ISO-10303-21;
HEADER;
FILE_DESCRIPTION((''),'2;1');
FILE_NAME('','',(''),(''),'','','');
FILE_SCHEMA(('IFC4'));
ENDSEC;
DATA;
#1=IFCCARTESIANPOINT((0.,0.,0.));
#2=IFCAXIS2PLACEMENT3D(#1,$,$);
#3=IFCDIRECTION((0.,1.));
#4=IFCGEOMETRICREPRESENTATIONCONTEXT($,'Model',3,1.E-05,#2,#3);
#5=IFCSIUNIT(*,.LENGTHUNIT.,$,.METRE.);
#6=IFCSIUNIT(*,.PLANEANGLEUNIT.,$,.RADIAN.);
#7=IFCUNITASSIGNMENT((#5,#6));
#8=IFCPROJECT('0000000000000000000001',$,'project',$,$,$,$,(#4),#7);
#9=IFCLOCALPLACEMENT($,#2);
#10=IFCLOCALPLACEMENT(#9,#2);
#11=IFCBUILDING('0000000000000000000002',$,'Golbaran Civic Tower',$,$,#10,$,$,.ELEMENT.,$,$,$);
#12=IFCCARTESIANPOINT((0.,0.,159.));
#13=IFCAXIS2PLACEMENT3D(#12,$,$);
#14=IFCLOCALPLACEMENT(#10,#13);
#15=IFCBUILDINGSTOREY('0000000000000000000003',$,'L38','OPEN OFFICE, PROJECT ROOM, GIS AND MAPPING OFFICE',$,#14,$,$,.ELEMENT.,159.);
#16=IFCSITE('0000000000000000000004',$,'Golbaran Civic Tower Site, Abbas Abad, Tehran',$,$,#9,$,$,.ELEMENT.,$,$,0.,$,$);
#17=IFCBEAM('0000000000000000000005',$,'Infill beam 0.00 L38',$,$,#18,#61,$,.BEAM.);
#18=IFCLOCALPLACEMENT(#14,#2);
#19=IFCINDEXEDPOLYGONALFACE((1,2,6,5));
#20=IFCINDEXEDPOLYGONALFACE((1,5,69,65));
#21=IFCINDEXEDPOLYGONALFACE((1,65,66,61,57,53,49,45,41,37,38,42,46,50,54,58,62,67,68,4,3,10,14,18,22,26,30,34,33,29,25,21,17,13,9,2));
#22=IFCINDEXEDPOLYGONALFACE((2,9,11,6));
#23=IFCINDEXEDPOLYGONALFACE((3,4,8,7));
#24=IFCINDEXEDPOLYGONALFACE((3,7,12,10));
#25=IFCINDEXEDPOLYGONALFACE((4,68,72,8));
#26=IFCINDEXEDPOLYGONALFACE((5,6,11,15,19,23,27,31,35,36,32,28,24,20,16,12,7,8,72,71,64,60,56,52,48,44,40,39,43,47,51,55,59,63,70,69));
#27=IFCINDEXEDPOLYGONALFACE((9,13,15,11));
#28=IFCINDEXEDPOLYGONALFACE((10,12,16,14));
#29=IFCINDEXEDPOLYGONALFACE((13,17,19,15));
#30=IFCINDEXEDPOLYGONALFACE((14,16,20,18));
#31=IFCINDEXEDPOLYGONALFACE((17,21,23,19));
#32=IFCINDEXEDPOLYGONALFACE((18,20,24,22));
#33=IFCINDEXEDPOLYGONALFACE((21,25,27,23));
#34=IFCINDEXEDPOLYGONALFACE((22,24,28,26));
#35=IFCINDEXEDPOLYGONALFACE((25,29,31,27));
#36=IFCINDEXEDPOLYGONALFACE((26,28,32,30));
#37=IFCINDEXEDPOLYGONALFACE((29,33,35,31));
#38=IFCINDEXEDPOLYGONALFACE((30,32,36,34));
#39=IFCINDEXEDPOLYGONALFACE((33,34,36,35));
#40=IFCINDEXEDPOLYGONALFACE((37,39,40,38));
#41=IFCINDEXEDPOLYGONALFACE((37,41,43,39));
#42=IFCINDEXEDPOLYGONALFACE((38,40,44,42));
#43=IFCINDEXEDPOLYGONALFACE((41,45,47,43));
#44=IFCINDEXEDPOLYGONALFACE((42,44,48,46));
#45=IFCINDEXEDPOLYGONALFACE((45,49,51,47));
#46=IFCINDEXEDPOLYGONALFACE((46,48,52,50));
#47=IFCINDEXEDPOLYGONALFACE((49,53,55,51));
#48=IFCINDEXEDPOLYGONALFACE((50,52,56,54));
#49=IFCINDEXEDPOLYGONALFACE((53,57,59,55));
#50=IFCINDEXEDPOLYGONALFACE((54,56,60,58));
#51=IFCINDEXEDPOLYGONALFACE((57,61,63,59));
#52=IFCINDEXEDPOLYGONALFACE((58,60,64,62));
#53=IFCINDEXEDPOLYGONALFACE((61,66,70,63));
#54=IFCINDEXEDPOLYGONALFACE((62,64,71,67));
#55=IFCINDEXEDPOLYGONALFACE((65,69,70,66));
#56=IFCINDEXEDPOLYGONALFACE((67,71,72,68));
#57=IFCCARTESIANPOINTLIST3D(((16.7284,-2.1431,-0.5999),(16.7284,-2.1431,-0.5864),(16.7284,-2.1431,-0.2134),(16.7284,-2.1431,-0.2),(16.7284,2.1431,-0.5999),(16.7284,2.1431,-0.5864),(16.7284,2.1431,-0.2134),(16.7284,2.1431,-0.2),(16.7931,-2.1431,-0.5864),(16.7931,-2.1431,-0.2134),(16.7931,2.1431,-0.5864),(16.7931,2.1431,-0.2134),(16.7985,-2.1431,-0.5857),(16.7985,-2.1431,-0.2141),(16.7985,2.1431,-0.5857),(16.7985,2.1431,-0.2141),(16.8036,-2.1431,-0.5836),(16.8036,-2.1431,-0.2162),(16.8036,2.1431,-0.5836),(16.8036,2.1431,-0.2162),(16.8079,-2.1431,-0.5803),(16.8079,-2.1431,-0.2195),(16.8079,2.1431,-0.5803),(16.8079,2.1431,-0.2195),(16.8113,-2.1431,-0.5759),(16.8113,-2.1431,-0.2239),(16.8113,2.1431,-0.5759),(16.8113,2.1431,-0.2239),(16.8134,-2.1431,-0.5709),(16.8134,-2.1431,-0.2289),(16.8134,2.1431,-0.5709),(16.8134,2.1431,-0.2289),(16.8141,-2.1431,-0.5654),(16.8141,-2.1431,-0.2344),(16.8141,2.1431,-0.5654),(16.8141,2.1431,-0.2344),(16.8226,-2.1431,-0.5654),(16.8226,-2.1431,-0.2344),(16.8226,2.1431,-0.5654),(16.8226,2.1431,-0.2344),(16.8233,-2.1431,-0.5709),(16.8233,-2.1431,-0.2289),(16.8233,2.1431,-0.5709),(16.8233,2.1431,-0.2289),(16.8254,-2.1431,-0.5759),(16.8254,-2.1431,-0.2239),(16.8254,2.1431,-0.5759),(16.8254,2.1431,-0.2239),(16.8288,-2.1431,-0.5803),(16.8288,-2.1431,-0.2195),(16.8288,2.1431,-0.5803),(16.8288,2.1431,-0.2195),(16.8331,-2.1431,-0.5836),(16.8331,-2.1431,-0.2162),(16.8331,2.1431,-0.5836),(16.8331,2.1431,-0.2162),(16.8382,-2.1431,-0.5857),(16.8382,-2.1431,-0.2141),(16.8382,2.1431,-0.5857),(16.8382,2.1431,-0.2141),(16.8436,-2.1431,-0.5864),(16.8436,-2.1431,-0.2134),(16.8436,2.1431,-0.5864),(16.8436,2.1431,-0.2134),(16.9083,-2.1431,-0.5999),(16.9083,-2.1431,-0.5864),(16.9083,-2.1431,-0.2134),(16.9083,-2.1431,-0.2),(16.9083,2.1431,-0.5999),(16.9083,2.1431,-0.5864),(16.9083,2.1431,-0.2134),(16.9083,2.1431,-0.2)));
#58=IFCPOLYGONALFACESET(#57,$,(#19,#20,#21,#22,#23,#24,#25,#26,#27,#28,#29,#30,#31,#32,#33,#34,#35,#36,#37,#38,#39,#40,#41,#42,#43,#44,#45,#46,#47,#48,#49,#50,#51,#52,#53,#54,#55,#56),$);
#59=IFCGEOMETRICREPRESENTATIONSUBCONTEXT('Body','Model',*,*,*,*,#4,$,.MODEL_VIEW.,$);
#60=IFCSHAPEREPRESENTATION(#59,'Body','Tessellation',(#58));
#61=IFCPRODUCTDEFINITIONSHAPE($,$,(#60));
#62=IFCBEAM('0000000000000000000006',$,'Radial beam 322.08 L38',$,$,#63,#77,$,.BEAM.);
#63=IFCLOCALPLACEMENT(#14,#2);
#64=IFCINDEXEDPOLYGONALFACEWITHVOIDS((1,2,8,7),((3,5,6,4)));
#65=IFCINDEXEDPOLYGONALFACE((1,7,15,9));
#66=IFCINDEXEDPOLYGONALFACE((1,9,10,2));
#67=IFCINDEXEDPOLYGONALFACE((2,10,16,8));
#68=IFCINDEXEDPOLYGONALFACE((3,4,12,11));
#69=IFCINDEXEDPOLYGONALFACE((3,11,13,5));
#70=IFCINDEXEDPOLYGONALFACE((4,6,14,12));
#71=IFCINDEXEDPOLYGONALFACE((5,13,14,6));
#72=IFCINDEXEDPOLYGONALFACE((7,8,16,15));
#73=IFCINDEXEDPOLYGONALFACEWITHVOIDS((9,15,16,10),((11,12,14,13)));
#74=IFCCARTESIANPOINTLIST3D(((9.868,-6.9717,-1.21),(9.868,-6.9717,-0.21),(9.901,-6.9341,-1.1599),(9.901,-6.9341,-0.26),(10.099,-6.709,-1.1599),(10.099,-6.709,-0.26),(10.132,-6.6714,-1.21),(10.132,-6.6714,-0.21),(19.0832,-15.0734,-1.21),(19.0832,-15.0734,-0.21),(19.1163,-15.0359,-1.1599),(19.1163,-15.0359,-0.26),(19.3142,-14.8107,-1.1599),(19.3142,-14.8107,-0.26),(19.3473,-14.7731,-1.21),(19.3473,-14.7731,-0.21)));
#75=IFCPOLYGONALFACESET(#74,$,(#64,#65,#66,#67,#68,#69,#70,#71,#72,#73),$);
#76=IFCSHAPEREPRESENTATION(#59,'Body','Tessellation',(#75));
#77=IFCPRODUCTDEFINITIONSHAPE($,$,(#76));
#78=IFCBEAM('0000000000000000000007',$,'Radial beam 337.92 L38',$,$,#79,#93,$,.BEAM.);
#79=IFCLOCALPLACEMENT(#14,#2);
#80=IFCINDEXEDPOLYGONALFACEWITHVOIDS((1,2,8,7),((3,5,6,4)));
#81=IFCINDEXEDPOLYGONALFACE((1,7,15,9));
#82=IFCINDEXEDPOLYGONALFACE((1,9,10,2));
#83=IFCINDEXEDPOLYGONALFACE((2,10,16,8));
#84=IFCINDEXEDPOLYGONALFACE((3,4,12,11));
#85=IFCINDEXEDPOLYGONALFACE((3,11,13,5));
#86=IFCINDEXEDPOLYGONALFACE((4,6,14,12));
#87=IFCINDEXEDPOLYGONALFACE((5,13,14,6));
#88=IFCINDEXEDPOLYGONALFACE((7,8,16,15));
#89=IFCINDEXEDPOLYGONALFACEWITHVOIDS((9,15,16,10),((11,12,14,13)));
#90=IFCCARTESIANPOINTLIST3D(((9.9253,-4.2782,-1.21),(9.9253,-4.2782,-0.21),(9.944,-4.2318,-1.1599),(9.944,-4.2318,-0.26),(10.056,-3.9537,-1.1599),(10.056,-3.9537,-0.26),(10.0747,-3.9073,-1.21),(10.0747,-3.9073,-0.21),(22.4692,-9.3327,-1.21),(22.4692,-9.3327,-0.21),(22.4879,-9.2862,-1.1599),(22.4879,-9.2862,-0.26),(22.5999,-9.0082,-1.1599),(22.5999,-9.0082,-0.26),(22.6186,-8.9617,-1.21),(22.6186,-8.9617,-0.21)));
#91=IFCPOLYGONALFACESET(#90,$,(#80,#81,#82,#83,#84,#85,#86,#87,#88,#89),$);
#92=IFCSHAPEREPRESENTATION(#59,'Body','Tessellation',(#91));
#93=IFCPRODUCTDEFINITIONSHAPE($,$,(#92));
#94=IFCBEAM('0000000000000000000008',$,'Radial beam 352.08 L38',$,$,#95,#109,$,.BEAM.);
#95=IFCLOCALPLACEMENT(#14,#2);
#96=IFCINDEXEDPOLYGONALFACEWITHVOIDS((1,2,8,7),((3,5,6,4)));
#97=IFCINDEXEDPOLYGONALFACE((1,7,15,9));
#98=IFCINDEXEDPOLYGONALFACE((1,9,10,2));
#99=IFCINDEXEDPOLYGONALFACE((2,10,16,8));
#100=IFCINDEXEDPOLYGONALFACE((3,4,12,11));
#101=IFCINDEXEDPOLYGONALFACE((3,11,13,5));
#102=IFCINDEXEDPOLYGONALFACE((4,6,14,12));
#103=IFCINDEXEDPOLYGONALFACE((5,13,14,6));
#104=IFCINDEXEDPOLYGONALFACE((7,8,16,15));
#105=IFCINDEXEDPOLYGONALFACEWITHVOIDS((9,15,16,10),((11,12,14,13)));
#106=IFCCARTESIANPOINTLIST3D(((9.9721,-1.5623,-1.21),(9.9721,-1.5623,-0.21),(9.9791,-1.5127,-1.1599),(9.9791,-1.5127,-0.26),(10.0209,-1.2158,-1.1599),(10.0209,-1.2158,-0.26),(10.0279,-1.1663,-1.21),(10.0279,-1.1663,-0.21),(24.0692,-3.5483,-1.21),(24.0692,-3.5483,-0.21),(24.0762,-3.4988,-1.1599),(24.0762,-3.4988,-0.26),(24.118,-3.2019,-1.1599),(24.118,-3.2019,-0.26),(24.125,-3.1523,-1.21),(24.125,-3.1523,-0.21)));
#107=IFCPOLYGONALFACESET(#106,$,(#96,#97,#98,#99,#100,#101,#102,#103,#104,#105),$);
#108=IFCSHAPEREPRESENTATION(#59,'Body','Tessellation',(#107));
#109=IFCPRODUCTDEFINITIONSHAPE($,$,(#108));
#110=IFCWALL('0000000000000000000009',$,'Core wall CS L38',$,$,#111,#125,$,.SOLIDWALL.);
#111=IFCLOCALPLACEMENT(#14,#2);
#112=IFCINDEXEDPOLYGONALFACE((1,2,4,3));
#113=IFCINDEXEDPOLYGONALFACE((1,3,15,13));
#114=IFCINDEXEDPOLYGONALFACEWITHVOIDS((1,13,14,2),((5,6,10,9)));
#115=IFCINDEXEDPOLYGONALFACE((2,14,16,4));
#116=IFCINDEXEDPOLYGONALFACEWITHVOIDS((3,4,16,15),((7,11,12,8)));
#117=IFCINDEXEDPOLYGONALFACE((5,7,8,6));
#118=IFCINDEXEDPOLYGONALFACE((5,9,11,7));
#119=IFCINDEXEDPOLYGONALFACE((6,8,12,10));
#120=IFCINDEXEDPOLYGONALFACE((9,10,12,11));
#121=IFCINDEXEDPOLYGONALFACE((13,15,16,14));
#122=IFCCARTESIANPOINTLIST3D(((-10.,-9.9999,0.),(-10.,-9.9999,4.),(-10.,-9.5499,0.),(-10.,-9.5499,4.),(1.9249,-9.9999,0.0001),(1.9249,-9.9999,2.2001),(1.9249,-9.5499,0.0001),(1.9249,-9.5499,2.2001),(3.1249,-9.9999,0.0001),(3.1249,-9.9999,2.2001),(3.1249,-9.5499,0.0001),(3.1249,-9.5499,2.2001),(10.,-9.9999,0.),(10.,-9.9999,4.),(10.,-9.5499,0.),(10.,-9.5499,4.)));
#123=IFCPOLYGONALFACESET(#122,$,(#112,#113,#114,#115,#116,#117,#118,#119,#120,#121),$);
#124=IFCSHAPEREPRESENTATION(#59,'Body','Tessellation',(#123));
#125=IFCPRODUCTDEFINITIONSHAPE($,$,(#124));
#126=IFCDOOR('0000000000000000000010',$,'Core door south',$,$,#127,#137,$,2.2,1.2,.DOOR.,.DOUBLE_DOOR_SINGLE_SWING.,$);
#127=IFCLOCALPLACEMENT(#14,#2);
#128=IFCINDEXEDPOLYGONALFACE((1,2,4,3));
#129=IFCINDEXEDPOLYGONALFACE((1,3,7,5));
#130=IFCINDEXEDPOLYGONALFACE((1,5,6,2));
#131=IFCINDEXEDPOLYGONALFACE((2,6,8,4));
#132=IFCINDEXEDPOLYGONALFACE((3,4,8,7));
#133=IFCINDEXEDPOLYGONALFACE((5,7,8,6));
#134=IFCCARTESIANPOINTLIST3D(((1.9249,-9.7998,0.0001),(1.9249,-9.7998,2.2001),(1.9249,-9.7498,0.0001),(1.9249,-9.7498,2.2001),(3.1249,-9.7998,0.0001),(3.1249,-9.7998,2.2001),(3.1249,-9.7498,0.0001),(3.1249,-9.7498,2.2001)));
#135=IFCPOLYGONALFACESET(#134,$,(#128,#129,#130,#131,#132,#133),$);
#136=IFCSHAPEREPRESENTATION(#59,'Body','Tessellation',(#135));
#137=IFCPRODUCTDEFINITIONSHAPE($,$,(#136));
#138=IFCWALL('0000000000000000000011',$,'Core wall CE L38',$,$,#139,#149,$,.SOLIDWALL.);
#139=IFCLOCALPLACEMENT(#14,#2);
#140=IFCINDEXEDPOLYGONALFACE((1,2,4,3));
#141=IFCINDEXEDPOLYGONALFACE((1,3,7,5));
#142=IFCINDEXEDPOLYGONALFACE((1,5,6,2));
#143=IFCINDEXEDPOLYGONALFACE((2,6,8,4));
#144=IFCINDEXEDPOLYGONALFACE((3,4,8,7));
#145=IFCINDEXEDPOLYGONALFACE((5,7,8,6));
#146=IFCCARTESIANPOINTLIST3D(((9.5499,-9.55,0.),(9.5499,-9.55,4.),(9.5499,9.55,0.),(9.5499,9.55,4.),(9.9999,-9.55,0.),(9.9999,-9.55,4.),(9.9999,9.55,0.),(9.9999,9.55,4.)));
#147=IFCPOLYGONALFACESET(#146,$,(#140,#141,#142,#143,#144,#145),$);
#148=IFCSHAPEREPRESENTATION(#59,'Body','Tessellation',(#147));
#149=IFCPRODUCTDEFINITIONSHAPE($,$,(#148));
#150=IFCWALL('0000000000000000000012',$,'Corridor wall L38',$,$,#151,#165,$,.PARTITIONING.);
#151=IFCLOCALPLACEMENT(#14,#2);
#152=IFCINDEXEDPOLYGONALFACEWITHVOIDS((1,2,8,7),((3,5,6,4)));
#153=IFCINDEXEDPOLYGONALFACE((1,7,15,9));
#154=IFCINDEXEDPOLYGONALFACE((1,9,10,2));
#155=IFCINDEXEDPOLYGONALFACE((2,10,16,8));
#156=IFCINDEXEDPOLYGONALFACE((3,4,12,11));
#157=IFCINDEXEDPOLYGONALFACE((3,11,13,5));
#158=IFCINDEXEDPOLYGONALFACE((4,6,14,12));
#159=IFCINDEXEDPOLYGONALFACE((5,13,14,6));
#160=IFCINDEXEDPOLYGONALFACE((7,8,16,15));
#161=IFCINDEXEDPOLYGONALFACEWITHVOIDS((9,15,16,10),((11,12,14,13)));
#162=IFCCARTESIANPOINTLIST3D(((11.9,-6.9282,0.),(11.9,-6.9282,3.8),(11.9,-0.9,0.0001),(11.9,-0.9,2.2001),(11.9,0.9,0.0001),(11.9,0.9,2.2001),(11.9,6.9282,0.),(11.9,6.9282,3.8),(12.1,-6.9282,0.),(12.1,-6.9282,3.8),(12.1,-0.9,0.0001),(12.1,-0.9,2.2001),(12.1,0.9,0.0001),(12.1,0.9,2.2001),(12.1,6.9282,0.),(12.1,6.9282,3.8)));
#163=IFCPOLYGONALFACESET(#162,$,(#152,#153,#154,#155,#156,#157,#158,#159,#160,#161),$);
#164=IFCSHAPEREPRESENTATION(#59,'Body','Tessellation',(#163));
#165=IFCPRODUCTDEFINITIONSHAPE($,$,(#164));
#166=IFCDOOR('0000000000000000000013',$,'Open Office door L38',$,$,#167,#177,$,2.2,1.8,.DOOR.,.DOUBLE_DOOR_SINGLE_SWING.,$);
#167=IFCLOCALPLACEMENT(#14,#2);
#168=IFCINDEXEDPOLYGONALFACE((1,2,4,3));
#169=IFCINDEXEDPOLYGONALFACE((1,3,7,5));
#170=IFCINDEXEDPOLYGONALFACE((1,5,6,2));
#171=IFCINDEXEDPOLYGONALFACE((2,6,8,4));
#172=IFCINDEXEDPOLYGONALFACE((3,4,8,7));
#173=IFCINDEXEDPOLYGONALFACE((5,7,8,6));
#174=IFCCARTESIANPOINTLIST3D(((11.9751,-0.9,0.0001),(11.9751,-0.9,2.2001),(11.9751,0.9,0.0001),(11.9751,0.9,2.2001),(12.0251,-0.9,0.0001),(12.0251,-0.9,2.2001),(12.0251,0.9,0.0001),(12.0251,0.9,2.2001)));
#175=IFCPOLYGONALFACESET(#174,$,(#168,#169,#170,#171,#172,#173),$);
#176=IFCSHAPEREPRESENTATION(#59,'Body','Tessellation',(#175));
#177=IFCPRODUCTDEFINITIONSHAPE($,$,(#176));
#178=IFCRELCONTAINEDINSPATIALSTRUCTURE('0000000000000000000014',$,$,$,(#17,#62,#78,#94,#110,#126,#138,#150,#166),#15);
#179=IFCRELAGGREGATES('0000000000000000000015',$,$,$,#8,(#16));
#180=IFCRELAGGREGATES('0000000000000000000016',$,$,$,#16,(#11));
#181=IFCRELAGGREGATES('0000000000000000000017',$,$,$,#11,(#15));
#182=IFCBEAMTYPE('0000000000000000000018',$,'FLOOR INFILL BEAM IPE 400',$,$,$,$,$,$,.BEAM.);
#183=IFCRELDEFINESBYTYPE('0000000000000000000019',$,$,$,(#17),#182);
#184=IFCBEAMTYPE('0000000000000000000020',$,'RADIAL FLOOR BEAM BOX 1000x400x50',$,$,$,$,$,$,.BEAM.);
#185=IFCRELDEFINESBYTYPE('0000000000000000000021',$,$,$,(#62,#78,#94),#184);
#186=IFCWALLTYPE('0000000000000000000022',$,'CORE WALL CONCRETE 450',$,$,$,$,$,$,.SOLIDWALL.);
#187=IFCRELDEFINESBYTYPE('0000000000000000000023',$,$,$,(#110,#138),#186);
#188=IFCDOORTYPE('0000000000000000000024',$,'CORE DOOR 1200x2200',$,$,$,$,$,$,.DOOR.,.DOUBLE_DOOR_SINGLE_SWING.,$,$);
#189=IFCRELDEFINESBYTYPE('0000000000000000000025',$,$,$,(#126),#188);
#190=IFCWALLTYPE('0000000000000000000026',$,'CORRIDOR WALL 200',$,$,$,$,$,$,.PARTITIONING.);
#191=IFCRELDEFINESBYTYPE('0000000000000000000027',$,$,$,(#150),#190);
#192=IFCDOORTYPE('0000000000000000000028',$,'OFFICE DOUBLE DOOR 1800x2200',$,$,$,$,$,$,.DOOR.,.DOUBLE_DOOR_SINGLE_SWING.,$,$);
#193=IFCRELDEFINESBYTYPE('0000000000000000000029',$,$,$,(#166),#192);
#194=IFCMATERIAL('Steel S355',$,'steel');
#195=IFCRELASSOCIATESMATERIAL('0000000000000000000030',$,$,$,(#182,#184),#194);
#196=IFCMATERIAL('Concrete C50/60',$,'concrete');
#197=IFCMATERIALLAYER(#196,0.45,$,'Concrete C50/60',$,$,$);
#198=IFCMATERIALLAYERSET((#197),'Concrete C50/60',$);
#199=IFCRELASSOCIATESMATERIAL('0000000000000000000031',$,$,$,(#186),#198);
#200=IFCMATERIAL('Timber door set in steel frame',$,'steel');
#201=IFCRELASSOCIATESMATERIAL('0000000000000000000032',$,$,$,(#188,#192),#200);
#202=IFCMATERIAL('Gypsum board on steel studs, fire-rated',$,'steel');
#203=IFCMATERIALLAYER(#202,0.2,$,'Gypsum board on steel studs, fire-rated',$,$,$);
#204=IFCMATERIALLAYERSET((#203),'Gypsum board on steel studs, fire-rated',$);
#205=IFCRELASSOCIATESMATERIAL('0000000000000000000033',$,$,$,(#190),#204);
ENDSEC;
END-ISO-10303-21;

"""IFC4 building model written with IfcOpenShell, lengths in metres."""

from ifc_helpers import new_model, si_unit, direction, frame, frame_2d, origin, origin_2d, place, context, subcontext, project, spatial, rectangle, hollow_rectangle, i_section, extrude, material, layer, layer_set, material_profile, profile_set, type_object, element, fill, save


model = new_model("IFC4")

# Units and contexts
model_context = context("Model", 3, precision=1e-05, world=origin(), true_north=direction((0.0, 1.0)))
body_context = subcontext(model_context, "Body", "Model", "MODEL_VIEW")
ifc_project = project(units=[si_unit("LENGTHUNIT", "METRE"), si_unit("PLANEANGLEUNIT", "RADIAN")], contexts=[model_context])

# Site, building, storey
site_placement = place(None, origin())
site = spatial("IfcSite", under=ifc_project, at=site_placement, Name="Golbaran Civic Tower Site, Abbas Abad, Tehran", CompositionType="ELEMENT", RefElevation=0.0)
building_placement = place(site_placement, origin())
building = spatial("IfcBuilding", under=site, at=building_placement, Name="Golbaran Civic Tower", CompositionType="ELEMENT")
storey_placement = place(building_placement, frame((0.0, 0.0, 159.0)))
storey = spatial("IfcBuildingStorey", under=building, at=storey_placement, Name="L38", Description="OPEN OFFICE, PROJECT ROOM, GIS AND MAPPING OFFICE", CompositionType="ELEMENT", Elevation=159.0)

# Beams
ifc_material_1 = material(Name="Steel S355", Category="steel")
ifc_material_profile_1 = material_profile(ifc_material_1, i_section(OverallWidth=0.1799, OverallDepth=0.3999, WebThickness=0.0085, FlangeThickness=0.0134, FilletRadius=0.021, at=origin_2d()), Name="IPE 400")
ifc_profile_set_1 = profile_set([ifc_material_profile_1], Name="Steel S355")
beam_type_1 = type_object("IfcBeamType", Name="FLOOR INFILL BEAM IPE 400", PredefinedType="BEAM", material=ifc_profile_set_1)
beam_1_placement = place(storey_placement, frame((16.8184, -2.1431, -0.3999), z_axis=(0.0, 1.0, 0.0), x_axis=(-1.0, 0.0, 0.0)))
element("IfcBeam", 1, at=beam_1_placement, inside=storey, type_object=beam_type_1, Name="Infill beam 0.00 L38", PredefinedType="BEAM", context=body_context, shape_type="SweptSolid", body=[
    extrude(i_section(OverallWidth=0.1799, OverallDepth=0.3999, WebThickness=0.0085, FlangeThickness=0.0134, FilletRadius=0.021, at=origin_2d()), origin(), (0.0, 0.0, 1.0), 4.2861),
])
ifc_material_profile_2 = material_profile(ifc_material_1, hollow_rectangle(XDim=0.3999, YDim=1.0, WallThickness=0.05, at=origin_2d()), Name="BOX 1000x400x50")
ifc_profile_set_2 = profile_set([ifc_material_profile_2], Name="Steel S355")
beam_type_2 = type_object("IfcBeamType", Name="RADIAL FLOOR BEAM BOX 1000x400x50", PredefinedType="BEAM", material=ifc_profile_set_2)
beam_2_placement = place(storey_placement, frame((10.0, -6.8215, -0.71), z_axis=(0.751024, -0.660275, 0.0), x_axis=(0.660275, 0.751024, 0.0)))
element("IfcBeam", 2, at=beam_2_placement, inside=storey, type_object=beam_type_2, Name="Radial beam 322.08 L38", PredefinedType="BEAM", context=body_context, shape_type="SweptSolid", body=[
    extrude(hollow_rectangle(XDim=0.3999, YDim=1.0, WallThickness=0.05, at=origin_2d()), origin(), (0.0, 0.0, 1.0), 12.2703),
])
beam_3_placement = place(storey_placement, frame((10.0, -4.0928, -0.71), z_axis=(0.927534, -0.373739, 0.0), x_axis=(0.373739, 0.927534, 0.0)))
element("IfcBeam", 3, at=beam_3_placement, inside=storey, type_object=beam_type_2, Name="Radial beam 337.92 L38", PredefinedType="BEAM", context=body_context, shape_type="SweptSolid", body=[
    extrude(hollow_rectangle(XDim=0.3999, YDim=1.0, WallThickness=0.05, at=origin_2d()), origin(), (0.0, 0.0, 1.0), 13.5239),
])
beam_4_placement = place(storey_placement, frame((10.0, -1.3643, -0.71), z_axis=(0.990221, -0.139508, 0.0), x_axis=(0.139508, 0.990221, 0.0)))
element("IfcBeam", 4, at=beam_4_placement, inside=storey, type_object=beam_type_2, Name="Radial beam 352.08 L38", PredefinedType="BEAM", context=body_context, shape_type="SweptSolid", body=[
    extrude(hollow_rectangle(XDim=0.3999, YDim=1.0, WallThickness=0.05, at=origin_2d()), origin(), (0.0, 0.0, 1.0), 14.2363),
])

# Wall, opening, door
ifc_material_2 = material(Name="Concrete C50/60", Category="concrete")
ifc_layer_1 = layer(ifc_material_2, 0.45, Name="Concrete C50/60")
ifc_layer_set_1 = layer_set([ifc_layer_1], Name="Concrete C50/60")
wall_type_1 = type_object("IfcWallType", Name="CORE WALL CONCRETE 450", PredefinedType="SOLIDWALL", material=ifc_layer_set_1)
wall_1_placement = place(storey_placement, frame((10.0, -9.7749, 0.0), z_axis=(0.0, 0.0, 1.0), x_axis=(-1.0, 0.0, 0.0)))
wall_1 = element("IfcWall", 5, at=wall_1_placement, inside=storey, type_object=wall_type_1, Name="Core wall CS L38", PredefinedType="SOLIDWALL", context=body_context, shape_type="SweptSolid", body=[
    extrude(rectangle(XDim=20.0, YDim=0.45, at=frame_2d((10.0, 0.0))), origin(), (0.0, 0.0, 1.0), 4.0),
])
opening_1_placement = place(wall_1_placement, frame((6.875, 0.0, 0.0)))
opening_1 = element("IfcOpeningElement", 6, at=opening_1_placement, cuts=wall_1, PredefinedType="OPENING", context=body_context, shape_type="SweptSolid", body=[
    extrude(rectangle(XDim=1.2, YDim=2.2, at=frame_2d((0.6001, 1.1001))), frame((0.0, 0.2349, 0.0), z_axis=(0.0, -1.0, 0.0), x_axis=(1.0, 0.0, 0.0)), (0.0, 0.0, 1.0), 0.47),
])
ifc_material_3 = material(Name="Timber door set in steel frame", Category="steel")
door_type_1 = type_object("IfcDoorType", Name="CORE DOOR 1200x2200", OperationType="DOUBLE_DOOR_SINGLE_SWING", PredefinedType="DOOR", material=ifc_material_3)
door_1_placement = place(opening_1_placement, origin())
door_1 = element("IfcDoor", 7, at=door_1_placement, inside=storey, type_object=door_type_1, Name="Core door south", OperationType="DOUBLE_DOOR_SINGLE_SWING", OverallHeight=2.2, OverallWidth=1.2, PredefinedType="DOOR", context=body_context, shape_type="SweptSolid", body=[
    extrude(rectangle(XDim=1.2, YDim=2.2, at=frame_2d((0.6001, 1.1001))), frame((0.0, 0.0249, 0.0), z_axis=(0.0, -1.0, 0.0), x_axis=(1.0, 0.0, 0.0)), (0.0, 0.0, 1.0), 0.05),
])
fill(opening_1, door_1)

# Wall
wall_2_placement = place(storey_placement, frame((9.7749, -9.55, 0.0), z_axis=(0.0, 0.0, 1.0), x_axis=(0.0, 1.0, 0.0)))
element("IfcWall", 8, at=wall_2_placement, inside=storey, type_object=wall_type_1, Name="Core wall CE L38", PredefinedType="SOLIDWALL", context=body_context, shape_type="SweptSolid", body=[
    extrude(rectangle(XDim=19.1001, YDim=0.45, at=frame_2d((9.55, 0.0))), origin(), (0.0, 0.0, 1.0), 4.0),
])

# Wall, opening, door
ifc_material_4 = material(Name="Gypsum board on steel studs, fire-rated", Category="steel")
ifc_layer_2 = layer(ifc_material_4, 0.2, Name="Gypsum board on steel studs, fire-rated")
ifc_layer_set_2 = layer_set([ifc_layer_2], Name="Gypsum board on steel studs, fire-rated")
wall_type_2 = type_object("IfcWallType", Name="CORRIDOR WALL 200", PredefinedType="PARTITIONING", material=ifc_layer_set_2)
wall_3_placement = place(storey_placement, frame((12.0, -6.9282, 0.0), z_axis=(0.0, 0.0, 1.0), x_axis=(0.0, 1.0, 0.0)))
wall_3 = element("IfcWall", 9, at=wall_3_placement, inside=storey, type_object=wall_type_2, Name="Corridor wall L38", PredefinedType="PARTITIONING", context=body_context, shape_type="SweptSolid", body=[
    extrude(rectangle(XDim=13.8564, YDim=0.2, at=frame_2d((6.9282, 0.0))), origin(), (0.0, 0.0, 1.0), 3.8),
])
opening_2_placement = place(wall_3_placement, frame((6.0283, 0.0, 0.0)))
opening_2 = element("IfcOpeningElement", 10, at=opening_2_placement, cuts=wall_3, PredefinedType="OPENING", context=body_context, shape_type="SweptSolid", body=[
    extrude(rectangle(XDim=1.8, YDim=2.2, at=frame_2d((0.8999, 1.1001))), frame((0.0, 0.1099, 0.0), z_axis=(0.0, -1.0, 0.0), x_axis=(1.0, 0.0, 0.0)), (0.0, 0.0, 1.0), 0.22),
])
door_type_2 = type_object("IfcDoorType", Name="OFFICE DOUBLE DOOR 1800x2200", OperationType="DOUBLE_DOOR_SINGLE_SWING", PredefinedType="DOOR", material=ifc_material_3)
door_2_placement = place(opening_2_placement, origin())
door_2 = element("IfcDoor", 11, at=door_2_placement, inside=storey, type_object=door_type_2, Name="Open Office door L38", OperationType="DOUBLE_DOOR_SINGLE_SWING", OverallHeight=2.2, OverallWidth=1.8, PredefinedType="DOOR", context=body_context, shape_type="SweptSolid", body=[
    extrude(rectangle(XDim=1.8, YDim=2.2, at=frame_2d((0.8999, 1.1001))), frame((0.0, 0.0249, 0.0), z_axis=(0.0, -1.0, 0.0), x_axis=(1.0, 0.0, 0.0)), (0.0, 0.0, 1.0), 0.05),
])
fill(opening_2, door_2)

save(model, "model.ifc")
